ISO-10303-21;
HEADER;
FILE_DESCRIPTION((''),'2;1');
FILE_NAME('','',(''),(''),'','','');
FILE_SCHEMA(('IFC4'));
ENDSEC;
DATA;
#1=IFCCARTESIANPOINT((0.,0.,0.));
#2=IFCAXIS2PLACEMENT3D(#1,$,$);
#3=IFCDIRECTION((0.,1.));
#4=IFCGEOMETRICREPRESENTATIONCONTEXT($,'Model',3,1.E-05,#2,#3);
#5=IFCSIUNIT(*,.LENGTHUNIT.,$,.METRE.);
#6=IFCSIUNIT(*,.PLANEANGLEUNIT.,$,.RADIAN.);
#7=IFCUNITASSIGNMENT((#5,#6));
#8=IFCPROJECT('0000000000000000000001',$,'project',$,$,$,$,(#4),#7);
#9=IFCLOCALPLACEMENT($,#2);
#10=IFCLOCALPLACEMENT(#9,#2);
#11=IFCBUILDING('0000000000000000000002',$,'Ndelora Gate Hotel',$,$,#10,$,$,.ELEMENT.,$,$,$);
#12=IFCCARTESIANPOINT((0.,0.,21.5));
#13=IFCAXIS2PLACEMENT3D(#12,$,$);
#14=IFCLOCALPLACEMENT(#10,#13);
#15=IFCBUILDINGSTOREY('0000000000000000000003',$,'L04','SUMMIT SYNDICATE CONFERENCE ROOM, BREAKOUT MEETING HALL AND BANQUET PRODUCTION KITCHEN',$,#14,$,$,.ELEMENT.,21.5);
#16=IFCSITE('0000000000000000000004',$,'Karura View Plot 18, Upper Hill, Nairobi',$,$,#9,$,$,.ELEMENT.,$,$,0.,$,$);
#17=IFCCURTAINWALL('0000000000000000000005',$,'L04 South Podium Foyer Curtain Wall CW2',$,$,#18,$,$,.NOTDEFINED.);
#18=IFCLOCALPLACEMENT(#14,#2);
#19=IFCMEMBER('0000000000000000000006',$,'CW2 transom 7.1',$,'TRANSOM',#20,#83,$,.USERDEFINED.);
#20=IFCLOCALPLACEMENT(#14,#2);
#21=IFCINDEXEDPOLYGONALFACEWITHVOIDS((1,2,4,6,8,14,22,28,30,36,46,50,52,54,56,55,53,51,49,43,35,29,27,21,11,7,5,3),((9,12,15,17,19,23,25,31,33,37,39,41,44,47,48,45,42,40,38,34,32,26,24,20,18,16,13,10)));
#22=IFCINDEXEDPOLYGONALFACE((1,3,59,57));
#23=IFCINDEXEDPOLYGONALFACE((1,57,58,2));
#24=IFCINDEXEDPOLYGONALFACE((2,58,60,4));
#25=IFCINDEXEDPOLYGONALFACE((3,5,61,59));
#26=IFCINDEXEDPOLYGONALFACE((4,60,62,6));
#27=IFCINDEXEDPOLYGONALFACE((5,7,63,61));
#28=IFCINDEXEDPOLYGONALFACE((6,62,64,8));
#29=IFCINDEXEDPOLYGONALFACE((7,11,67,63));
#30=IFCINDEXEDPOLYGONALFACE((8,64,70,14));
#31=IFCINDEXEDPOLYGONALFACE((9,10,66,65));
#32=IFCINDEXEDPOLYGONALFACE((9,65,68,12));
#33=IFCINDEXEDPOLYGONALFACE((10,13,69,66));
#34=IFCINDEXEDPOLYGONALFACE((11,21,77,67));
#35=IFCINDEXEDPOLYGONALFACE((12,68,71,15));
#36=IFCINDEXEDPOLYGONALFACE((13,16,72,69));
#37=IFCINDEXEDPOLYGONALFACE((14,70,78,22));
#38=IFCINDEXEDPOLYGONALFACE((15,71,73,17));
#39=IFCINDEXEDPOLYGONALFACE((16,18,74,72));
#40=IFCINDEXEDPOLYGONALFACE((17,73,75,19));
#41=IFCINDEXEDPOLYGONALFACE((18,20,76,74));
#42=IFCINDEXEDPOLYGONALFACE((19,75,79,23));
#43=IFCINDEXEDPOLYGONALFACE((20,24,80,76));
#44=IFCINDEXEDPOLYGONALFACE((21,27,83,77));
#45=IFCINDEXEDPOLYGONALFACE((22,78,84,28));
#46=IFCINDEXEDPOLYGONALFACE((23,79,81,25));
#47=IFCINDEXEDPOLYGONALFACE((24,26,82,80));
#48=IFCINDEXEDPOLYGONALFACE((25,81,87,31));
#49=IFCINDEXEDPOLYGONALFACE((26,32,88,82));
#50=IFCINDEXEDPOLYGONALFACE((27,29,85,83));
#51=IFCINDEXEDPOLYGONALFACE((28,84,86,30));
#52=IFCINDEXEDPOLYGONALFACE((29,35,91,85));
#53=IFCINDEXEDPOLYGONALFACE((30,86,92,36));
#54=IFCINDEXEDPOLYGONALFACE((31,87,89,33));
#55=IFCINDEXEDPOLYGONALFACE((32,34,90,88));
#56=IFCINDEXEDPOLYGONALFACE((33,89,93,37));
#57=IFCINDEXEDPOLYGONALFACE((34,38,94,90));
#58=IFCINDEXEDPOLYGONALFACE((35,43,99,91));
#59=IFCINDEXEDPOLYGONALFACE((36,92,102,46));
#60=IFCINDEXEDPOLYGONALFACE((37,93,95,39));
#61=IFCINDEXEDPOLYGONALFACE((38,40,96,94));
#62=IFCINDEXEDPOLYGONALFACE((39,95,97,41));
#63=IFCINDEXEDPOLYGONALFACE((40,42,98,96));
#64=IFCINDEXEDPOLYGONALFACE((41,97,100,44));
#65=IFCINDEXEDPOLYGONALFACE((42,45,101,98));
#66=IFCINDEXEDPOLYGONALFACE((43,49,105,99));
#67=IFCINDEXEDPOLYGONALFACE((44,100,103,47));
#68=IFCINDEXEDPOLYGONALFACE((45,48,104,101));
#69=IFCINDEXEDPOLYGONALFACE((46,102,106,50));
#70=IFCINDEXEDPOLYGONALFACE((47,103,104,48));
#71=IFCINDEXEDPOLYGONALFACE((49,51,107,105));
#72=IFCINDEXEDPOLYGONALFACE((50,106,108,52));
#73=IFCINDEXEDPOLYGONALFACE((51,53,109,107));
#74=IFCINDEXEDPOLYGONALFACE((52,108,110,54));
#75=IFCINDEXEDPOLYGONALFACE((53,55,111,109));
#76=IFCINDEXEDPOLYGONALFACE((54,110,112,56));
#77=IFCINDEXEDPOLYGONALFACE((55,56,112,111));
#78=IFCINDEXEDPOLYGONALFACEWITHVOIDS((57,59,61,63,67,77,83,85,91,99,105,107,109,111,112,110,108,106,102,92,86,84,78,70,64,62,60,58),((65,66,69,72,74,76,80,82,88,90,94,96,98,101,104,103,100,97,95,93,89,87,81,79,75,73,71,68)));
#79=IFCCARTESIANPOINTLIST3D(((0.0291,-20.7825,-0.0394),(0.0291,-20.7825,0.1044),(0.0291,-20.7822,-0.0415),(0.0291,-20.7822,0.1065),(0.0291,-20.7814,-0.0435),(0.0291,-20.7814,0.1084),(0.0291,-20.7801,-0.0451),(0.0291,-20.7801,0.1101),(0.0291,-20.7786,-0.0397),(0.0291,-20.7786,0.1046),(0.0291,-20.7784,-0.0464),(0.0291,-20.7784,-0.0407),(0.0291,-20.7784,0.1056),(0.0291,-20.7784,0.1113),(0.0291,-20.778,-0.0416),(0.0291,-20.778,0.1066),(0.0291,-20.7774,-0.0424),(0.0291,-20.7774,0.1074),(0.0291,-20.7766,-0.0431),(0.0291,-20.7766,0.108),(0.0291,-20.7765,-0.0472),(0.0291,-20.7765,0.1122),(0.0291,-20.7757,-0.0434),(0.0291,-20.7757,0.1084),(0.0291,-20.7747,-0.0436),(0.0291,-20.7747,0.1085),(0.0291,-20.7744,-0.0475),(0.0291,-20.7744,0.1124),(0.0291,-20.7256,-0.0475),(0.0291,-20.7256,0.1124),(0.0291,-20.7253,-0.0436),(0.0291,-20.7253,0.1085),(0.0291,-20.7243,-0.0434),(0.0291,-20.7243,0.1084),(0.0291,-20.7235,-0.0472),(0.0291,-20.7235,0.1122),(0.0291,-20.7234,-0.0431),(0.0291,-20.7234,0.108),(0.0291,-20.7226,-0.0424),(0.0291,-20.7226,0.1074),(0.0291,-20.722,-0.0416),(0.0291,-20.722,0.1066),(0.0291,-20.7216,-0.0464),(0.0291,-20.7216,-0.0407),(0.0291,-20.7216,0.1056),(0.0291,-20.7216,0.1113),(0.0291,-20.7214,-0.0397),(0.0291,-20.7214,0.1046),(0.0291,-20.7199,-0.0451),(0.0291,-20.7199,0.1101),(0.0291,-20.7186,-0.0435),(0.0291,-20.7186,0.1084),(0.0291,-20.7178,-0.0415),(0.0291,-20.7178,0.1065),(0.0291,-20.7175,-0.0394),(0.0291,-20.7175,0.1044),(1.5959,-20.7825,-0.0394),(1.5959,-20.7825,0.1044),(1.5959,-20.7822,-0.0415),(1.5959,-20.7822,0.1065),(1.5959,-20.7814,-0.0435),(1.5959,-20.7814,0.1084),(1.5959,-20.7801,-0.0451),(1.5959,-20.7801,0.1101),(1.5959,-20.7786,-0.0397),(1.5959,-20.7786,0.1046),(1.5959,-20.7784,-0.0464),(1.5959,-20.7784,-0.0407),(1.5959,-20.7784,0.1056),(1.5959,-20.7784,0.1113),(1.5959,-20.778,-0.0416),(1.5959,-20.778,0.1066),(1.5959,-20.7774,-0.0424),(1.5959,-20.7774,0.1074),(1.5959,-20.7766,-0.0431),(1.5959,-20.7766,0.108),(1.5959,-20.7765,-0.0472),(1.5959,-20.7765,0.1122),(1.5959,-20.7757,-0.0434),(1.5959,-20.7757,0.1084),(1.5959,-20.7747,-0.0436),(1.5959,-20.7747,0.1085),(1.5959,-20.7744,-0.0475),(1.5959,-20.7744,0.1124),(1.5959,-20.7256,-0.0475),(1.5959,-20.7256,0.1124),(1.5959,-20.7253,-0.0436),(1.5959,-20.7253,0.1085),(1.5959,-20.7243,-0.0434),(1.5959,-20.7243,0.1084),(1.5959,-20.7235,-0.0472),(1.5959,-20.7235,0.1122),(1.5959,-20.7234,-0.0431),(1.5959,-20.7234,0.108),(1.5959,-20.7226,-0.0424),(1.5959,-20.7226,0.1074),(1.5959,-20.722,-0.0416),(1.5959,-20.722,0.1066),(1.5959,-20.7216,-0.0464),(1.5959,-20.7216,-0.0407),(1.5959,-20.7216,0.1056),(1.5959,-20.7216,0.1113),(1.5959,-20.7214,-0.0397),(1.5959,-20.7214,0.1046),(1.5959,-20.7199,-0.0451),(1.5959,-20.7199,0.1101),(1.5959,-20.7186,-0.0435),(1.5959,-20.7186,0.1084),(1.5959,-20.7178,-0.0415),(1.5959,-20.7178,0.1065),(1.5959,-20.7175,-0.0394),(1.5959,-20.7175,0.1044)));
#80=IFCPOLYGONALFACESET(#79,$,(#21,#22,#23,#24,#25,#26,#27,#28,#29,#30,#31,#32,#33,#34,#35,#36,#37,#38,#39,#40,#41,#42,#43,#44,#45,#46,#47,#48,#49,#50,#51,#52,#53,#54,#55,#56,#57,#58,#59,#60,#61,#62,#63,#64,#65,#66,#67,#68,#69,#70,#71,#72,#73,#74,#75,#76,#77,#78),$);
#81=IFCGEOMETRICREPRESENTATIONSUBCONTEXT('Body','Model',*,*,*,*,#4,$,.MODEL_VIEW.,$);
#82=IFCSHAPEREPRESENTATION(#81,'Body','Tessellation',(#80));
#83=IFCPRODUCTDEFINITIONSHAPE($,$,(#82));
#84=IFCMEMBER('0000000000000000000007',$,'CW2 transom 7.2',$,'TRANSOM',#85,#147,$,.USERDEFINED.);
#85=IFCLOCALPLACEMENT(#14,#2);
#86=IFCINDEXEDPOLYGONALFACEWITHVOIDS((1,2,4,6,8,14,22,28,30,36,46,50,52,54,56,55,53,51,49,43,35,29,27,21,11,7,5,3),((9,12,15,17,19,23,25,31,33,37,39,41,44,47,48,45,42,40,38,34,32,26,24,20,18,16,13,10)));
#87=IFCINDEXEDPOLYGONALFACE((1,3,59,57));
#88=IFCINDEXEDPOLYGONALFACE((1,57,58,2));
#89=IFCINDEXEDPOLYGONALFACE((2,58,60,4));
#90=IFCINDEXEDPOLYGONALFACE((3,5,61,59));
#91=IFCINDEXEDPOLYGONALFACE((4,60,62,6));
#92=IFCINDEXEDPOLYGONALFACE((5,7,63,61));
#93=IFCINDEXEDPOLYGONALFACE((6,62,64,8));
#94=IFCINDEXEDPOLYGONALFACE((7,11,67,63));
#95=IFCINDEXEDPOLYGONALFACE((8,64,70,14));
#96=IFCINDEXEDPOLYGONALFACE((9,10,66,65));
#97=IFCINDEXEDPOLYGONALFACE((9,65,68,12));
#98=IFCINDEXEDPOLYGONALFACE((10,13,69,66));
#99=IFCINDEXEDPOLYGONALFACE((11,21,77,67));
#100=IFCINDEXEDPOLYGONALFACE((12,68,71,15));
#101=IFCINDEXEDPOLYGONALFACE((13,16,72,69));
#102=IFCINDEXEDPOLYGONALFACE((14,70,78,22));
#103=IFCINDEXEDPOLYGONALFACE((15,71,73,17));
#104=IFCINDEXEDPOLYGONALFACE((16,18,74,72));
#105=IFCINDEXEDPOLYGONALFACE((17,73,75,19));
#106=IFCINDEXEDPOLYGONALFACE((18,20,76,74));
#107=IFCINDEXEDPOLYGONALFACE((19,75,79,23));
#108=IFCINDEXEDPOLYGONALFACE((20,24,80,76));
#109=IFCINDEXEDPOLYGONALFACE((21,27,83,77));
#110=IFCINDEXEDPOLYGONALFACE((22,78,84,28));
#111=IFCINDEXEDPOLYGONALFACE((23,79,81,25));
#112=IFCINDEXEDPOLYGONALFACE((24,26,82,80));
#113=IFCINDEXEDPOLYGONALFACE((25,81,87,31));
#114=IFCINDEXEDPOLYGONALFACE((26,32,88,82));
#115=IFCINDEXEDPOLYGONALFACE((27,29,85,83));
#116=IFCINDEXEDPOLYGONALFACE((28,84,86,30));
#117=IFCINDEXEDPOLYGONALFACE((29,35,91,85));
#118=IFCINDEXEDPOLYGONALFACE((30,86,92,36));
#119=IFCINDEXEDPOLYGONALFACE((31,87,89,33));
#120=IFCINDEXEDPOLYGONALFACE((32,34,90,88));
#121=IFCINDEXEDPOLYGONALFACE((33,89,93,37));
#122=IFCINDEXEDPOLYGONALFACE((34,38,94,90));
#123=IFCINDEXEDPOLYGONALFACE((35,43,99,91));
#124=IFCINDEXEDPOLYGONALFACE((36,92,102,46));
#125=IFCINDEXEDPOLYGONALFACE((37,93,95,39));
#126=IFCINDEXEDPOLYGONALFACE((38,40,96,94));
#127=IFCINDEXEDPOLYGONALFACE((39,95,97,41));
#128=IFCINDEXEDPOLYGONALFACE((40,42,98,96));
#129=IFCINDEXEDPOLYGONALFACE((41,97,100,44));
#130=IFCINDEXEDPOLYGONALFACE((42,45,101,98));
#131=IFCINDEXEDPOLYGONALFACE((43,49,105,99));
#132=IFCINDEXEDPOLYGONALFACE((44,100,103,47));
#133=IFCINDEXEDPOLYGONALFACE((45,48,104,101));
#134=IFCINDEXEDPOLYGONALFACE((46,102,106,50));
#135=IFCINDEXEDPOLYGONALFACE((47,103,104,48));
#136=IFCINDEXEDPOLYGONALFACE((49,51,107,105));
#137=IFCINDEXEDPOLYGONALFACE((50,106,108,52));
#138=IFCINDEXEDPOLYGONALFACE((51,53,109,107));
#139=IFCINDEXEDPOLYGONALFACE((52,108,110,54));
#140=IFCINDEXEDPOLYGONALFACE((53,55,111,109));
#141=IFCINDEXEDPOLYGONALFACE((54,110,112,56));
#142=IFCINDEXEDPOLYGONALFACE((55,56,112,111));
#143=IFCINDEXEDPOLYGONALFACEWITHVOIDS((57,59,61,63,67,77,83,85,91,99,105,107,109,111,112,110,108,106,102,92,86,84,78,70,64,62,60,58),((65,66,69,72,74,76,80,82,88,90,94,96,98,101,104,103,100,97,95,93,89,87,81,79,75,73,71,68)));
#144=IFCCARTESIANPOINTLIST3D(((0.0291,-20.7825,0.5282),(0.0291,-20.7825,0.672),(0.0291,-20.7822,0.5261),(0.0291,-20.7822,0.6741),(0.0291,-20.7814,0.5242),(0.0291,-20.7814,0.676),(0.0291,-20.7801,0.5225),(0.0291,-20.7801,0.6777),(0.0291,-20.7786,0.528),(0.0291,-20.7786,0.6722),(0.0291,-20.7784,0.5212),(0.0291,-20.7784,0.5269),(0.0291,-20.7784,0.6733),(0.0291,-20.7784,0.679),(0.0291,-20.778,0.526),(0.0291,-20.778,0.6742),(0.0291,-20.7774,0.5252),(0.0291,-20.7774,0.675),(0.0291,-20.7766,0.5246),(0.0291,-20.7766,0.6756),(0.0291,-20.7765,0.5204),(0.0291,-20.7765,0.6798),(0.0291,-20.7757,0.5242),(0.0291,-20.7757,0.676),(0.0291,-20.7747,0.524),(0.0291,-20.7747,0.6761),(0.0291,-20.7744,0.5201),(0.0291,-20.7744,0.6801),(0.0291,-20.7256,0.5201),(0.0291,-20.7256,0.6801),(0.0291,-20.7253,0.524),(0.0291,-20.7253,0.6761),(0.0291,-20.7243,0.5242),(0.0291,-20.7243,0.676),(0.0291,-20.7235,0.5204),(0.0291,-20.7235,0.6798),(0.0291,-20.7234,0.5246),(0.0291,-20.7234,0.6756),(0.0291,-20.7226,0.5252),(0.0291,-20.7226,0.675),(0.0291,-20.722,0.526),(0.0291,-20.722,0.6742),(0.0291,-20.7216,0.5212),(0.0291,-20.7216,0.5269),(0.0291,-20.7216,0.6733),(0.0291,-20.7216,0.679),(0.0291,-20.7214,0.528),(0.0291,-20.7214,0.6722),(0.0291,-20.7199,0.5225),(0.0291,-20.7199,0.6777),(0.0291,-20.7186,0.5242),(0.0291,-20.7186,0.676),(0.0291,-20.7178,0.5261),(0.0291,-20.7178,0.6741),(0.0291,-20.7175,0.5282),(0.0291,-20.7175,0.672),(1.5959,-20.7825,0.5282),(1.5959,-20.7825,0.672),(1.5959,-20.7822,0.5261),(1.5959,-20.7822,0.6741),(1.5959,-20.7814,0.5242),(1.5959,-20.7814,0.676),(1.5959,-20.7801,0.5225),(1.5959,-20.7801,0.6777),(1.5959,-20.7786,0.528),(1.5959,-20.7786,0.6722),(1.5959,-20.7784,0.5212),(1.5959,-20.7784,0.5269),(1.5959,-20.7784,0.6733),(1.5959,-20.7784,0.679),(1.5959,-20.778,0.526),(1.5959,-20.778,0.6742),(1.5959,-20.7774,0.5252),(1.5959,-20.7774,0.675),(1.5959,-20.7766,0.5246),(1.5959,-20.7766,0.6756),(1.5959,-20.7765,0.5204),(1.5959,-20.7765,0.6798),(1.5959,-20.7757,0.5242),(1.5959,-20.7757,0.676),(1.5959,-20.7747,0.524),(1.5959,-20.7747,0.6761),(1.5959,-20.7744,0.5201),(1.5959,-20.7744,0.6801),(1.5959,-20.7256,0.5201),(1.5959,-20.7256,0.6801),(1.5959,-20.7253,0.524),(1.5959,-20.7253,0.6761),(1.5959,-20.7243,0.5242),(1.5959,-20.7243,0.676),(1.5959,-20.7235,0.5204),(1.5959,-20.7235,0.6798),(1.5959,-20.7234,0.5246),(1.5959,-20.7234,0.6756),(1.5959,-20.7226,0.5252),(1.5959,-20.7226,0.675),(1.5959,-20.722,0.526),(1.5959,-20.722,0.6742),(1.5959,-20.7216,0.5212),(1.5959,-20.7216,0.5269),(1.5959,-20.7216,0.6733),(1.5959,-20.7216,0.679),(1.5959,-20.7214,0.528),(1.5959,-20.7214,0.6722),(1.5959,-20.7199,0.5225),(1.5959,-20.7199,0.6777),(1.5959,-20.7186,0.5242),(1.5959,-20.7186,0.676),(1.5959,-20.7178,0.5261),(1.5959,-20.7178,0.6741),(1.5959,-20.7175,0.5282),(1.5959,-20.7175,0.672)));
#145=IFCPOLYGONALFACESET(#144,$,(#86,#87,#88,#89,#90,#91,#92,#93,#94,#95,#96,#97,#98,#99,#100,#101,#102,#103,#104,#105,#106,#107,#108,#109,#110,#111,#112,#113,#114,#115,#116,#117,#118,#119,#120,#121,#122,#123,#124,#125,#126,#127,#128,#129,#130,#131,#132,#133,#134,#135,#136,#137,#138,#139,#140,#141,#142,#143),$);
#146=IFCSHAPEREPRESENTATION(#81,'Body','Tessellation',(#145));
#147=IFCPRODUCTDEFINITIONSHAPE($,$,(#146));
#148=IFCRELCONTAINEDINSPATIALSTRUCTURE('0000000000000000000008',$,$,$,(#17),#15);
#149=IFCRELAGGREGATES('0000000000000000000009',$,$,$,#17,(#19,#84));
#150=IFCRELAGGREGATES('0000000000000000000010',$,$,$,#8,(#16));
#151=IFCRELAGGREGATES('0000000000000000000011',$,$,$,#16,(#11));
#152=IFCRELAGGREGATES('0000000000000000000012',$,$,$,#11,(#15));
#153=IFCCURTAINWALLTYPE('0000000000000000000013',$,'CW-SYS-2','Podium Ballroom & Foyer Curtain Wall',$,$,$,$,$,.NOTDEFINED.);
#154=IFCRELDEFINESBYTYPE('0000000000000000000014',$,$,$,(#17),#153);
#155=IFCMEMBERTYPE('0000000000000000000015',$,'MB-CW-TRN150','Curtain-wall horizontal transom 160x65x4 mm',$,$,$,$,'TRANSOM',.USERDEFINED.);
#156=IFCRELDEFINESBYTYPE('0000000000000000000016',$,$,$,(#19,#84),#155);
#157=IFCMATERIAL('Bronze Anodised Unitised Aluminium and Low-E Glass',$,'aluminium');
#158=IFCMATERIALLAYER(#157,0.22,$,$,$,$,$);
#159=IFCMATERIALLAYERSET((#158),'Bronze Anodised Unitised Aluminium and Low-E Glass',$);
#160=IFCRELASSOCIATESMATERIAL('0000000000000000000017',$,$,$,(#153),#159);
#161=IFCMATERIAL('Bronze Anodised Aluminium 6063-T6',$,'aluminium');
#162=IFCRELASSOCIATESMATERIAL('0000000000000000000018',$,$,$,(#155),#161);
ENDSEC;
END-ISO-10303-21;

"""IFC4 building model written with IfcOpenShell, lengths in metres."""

from ifc_helpers import new_model, si_unit, direction, frame, origin, origin_2d, place, context, subcontext, project, spatial, hollow_rectangle, extrude, material, layer, layer_set, material_profile, profile_set, type_object, element, aggregate, save


model = new_model("IFC4")

# Units and contexts
model_context = context("Model", 3, precision=1e-05, world=origin(), true_north=direction((0.0, 1.0)))
body_context = subcontext(model_context, "Body", "Model", "MODEL_VIEW")
ifc_project = project(units=[si_unit("LENGTHUNIT", "METRE"), si_unit("PLANEANGLEUNIT", "RADIAN")], contexts=[model_context])

# Site, building, storey
site_placement = place(None, origin())
site = spatial("IfcSite", under=ifc_project, at=site_placement, Name="Karura View Plot 18, Upper Hill, Nairobi", CompositionType="ELEMENT", RefElevation=0.0)
building_placement = place(site_placement, origin())
building = spatial("IfcBuilding", under=site, at=building_placement, Name="Ndelora Gate Hotel", CompositionType="ELEMENT")
storey_placement = place(building_placement, frame((0.0, 0.0, 21.5)))
storey = spatial("IfcBuildingStorey", under=building, at=storey_placement, Name="L04", Description="SUMMIT SYNDICATE CONFERENCE ROOM, BREAKOUT MEETING HALL AND BANQUET PRODUCTION KITCHEN", CompositionType="ELEMENT", Elevation=21.5)

# Curtain wall, members
ifc_material_1 = material(Name="Bronze Anodised Unitised Aluminium and Low-E Glass", Category="aluminium")
ifc_layer_1 = layer(ifc_material_1, 0.22)
ifc_layer_set_1 = layer_set([ifc_layer_1], Name="Bronze Anodised Unitised Aluminium and Low-E Glass")
curtain_wall_type = type_object("IfcCurtainWallType", Name="CW-SYS-2", Description="Podium Ballroom & Foyer Curtain Wall", PredefinedType="NOTDEFINED", material=ifc_layer_set_1)
curtain_wall_placement = place(storey_placement, origin())
curtain_wall = element("IfcCurtainWall", 1, at=curtain_wall_placement, inside=storey, type_object=curtain_wall_type, Name="L04 South Podium Foyer Curtain Wall CW2", PredefinedType="NOTDEFINED")
ifc_material_2 = material(Name="Bronze Anodised Aluminium 6063-T6", Category="aluminium")
ifc_material_profile_1 = material_profile(ifc_material_2, hollow_rectangle(XDim=0.0649, YDim=0.1599, WallThickness=0.0039, InnerFilletRadius=0.0039, OuterFilletRadius=0.0081, at=origin_2d()), Name="ALU 160x65x4")
ifc_profile_set_1 = profile_set([ifc_material_profile_1], Name="Bronze Anodised Aluminium 6063-T6")
member_type_1 = type_object("IfcMemberType", Name="MB-CW-TRN150", Description="Curtain-wall horizontal transom 160x65x4 mm", ElementType="TRANSOM", PredefinedType="USERDEFINED", material=ifc_profile_set_1)
member_1_placement = place(storey_placement, frame((0.0291, -20.75, 0.0325), z_axis=(1.0, 0.0, 0.0), x_axis=(0.0, 1.0, 0.0)))
member_1 = element("IfcMember", 2, at=member_1_placement, type_object=member_type_1, Name="CW2 transom 7.1", ObjectType="TRANSOM", PredefinedType="USERDEFINED", context=body_context, shape_type="SweptSolid", body=[
    extrude(hollow_rectangle(XDim=0.0649, YDim=0.1599, WallThickness=0.0039, InnerFilletRadius=0.0039, OuterFilletRadius=0.0081, at=origin_2d()), origin(), (0.0, 0.0, 1.0), 1.5669),
])
member_2_placement = place(storey_placement, frame((0.0291, -20.75, 0.6001), z_axis=(1.0, 0.0, 0.0), x_axis=(0.0, 1.0, 0.0)))
member_2 = element("IfcMember", 3, at=member_2_placement, type_object=member_type_1, Name="CW2 transom 7.2", ObjectType="TRANSOM", PredefinedType="USERDEFINED", context=body_context, shape_type="SweptSolid", body=[
    extrude(hollow_rectangle(XDim=0.0649, YDim=0.1599, WallThickness=0.0039, InnerFilletRadius=0.0039, OuterFilletRadius=0.0081, at=origin_2d()), origin(), (0.0, 0.0, 1.0), 1.5669),
])
aggregate(curtain_wall, [member_1, member_2])

save(model, "model.ifc")
